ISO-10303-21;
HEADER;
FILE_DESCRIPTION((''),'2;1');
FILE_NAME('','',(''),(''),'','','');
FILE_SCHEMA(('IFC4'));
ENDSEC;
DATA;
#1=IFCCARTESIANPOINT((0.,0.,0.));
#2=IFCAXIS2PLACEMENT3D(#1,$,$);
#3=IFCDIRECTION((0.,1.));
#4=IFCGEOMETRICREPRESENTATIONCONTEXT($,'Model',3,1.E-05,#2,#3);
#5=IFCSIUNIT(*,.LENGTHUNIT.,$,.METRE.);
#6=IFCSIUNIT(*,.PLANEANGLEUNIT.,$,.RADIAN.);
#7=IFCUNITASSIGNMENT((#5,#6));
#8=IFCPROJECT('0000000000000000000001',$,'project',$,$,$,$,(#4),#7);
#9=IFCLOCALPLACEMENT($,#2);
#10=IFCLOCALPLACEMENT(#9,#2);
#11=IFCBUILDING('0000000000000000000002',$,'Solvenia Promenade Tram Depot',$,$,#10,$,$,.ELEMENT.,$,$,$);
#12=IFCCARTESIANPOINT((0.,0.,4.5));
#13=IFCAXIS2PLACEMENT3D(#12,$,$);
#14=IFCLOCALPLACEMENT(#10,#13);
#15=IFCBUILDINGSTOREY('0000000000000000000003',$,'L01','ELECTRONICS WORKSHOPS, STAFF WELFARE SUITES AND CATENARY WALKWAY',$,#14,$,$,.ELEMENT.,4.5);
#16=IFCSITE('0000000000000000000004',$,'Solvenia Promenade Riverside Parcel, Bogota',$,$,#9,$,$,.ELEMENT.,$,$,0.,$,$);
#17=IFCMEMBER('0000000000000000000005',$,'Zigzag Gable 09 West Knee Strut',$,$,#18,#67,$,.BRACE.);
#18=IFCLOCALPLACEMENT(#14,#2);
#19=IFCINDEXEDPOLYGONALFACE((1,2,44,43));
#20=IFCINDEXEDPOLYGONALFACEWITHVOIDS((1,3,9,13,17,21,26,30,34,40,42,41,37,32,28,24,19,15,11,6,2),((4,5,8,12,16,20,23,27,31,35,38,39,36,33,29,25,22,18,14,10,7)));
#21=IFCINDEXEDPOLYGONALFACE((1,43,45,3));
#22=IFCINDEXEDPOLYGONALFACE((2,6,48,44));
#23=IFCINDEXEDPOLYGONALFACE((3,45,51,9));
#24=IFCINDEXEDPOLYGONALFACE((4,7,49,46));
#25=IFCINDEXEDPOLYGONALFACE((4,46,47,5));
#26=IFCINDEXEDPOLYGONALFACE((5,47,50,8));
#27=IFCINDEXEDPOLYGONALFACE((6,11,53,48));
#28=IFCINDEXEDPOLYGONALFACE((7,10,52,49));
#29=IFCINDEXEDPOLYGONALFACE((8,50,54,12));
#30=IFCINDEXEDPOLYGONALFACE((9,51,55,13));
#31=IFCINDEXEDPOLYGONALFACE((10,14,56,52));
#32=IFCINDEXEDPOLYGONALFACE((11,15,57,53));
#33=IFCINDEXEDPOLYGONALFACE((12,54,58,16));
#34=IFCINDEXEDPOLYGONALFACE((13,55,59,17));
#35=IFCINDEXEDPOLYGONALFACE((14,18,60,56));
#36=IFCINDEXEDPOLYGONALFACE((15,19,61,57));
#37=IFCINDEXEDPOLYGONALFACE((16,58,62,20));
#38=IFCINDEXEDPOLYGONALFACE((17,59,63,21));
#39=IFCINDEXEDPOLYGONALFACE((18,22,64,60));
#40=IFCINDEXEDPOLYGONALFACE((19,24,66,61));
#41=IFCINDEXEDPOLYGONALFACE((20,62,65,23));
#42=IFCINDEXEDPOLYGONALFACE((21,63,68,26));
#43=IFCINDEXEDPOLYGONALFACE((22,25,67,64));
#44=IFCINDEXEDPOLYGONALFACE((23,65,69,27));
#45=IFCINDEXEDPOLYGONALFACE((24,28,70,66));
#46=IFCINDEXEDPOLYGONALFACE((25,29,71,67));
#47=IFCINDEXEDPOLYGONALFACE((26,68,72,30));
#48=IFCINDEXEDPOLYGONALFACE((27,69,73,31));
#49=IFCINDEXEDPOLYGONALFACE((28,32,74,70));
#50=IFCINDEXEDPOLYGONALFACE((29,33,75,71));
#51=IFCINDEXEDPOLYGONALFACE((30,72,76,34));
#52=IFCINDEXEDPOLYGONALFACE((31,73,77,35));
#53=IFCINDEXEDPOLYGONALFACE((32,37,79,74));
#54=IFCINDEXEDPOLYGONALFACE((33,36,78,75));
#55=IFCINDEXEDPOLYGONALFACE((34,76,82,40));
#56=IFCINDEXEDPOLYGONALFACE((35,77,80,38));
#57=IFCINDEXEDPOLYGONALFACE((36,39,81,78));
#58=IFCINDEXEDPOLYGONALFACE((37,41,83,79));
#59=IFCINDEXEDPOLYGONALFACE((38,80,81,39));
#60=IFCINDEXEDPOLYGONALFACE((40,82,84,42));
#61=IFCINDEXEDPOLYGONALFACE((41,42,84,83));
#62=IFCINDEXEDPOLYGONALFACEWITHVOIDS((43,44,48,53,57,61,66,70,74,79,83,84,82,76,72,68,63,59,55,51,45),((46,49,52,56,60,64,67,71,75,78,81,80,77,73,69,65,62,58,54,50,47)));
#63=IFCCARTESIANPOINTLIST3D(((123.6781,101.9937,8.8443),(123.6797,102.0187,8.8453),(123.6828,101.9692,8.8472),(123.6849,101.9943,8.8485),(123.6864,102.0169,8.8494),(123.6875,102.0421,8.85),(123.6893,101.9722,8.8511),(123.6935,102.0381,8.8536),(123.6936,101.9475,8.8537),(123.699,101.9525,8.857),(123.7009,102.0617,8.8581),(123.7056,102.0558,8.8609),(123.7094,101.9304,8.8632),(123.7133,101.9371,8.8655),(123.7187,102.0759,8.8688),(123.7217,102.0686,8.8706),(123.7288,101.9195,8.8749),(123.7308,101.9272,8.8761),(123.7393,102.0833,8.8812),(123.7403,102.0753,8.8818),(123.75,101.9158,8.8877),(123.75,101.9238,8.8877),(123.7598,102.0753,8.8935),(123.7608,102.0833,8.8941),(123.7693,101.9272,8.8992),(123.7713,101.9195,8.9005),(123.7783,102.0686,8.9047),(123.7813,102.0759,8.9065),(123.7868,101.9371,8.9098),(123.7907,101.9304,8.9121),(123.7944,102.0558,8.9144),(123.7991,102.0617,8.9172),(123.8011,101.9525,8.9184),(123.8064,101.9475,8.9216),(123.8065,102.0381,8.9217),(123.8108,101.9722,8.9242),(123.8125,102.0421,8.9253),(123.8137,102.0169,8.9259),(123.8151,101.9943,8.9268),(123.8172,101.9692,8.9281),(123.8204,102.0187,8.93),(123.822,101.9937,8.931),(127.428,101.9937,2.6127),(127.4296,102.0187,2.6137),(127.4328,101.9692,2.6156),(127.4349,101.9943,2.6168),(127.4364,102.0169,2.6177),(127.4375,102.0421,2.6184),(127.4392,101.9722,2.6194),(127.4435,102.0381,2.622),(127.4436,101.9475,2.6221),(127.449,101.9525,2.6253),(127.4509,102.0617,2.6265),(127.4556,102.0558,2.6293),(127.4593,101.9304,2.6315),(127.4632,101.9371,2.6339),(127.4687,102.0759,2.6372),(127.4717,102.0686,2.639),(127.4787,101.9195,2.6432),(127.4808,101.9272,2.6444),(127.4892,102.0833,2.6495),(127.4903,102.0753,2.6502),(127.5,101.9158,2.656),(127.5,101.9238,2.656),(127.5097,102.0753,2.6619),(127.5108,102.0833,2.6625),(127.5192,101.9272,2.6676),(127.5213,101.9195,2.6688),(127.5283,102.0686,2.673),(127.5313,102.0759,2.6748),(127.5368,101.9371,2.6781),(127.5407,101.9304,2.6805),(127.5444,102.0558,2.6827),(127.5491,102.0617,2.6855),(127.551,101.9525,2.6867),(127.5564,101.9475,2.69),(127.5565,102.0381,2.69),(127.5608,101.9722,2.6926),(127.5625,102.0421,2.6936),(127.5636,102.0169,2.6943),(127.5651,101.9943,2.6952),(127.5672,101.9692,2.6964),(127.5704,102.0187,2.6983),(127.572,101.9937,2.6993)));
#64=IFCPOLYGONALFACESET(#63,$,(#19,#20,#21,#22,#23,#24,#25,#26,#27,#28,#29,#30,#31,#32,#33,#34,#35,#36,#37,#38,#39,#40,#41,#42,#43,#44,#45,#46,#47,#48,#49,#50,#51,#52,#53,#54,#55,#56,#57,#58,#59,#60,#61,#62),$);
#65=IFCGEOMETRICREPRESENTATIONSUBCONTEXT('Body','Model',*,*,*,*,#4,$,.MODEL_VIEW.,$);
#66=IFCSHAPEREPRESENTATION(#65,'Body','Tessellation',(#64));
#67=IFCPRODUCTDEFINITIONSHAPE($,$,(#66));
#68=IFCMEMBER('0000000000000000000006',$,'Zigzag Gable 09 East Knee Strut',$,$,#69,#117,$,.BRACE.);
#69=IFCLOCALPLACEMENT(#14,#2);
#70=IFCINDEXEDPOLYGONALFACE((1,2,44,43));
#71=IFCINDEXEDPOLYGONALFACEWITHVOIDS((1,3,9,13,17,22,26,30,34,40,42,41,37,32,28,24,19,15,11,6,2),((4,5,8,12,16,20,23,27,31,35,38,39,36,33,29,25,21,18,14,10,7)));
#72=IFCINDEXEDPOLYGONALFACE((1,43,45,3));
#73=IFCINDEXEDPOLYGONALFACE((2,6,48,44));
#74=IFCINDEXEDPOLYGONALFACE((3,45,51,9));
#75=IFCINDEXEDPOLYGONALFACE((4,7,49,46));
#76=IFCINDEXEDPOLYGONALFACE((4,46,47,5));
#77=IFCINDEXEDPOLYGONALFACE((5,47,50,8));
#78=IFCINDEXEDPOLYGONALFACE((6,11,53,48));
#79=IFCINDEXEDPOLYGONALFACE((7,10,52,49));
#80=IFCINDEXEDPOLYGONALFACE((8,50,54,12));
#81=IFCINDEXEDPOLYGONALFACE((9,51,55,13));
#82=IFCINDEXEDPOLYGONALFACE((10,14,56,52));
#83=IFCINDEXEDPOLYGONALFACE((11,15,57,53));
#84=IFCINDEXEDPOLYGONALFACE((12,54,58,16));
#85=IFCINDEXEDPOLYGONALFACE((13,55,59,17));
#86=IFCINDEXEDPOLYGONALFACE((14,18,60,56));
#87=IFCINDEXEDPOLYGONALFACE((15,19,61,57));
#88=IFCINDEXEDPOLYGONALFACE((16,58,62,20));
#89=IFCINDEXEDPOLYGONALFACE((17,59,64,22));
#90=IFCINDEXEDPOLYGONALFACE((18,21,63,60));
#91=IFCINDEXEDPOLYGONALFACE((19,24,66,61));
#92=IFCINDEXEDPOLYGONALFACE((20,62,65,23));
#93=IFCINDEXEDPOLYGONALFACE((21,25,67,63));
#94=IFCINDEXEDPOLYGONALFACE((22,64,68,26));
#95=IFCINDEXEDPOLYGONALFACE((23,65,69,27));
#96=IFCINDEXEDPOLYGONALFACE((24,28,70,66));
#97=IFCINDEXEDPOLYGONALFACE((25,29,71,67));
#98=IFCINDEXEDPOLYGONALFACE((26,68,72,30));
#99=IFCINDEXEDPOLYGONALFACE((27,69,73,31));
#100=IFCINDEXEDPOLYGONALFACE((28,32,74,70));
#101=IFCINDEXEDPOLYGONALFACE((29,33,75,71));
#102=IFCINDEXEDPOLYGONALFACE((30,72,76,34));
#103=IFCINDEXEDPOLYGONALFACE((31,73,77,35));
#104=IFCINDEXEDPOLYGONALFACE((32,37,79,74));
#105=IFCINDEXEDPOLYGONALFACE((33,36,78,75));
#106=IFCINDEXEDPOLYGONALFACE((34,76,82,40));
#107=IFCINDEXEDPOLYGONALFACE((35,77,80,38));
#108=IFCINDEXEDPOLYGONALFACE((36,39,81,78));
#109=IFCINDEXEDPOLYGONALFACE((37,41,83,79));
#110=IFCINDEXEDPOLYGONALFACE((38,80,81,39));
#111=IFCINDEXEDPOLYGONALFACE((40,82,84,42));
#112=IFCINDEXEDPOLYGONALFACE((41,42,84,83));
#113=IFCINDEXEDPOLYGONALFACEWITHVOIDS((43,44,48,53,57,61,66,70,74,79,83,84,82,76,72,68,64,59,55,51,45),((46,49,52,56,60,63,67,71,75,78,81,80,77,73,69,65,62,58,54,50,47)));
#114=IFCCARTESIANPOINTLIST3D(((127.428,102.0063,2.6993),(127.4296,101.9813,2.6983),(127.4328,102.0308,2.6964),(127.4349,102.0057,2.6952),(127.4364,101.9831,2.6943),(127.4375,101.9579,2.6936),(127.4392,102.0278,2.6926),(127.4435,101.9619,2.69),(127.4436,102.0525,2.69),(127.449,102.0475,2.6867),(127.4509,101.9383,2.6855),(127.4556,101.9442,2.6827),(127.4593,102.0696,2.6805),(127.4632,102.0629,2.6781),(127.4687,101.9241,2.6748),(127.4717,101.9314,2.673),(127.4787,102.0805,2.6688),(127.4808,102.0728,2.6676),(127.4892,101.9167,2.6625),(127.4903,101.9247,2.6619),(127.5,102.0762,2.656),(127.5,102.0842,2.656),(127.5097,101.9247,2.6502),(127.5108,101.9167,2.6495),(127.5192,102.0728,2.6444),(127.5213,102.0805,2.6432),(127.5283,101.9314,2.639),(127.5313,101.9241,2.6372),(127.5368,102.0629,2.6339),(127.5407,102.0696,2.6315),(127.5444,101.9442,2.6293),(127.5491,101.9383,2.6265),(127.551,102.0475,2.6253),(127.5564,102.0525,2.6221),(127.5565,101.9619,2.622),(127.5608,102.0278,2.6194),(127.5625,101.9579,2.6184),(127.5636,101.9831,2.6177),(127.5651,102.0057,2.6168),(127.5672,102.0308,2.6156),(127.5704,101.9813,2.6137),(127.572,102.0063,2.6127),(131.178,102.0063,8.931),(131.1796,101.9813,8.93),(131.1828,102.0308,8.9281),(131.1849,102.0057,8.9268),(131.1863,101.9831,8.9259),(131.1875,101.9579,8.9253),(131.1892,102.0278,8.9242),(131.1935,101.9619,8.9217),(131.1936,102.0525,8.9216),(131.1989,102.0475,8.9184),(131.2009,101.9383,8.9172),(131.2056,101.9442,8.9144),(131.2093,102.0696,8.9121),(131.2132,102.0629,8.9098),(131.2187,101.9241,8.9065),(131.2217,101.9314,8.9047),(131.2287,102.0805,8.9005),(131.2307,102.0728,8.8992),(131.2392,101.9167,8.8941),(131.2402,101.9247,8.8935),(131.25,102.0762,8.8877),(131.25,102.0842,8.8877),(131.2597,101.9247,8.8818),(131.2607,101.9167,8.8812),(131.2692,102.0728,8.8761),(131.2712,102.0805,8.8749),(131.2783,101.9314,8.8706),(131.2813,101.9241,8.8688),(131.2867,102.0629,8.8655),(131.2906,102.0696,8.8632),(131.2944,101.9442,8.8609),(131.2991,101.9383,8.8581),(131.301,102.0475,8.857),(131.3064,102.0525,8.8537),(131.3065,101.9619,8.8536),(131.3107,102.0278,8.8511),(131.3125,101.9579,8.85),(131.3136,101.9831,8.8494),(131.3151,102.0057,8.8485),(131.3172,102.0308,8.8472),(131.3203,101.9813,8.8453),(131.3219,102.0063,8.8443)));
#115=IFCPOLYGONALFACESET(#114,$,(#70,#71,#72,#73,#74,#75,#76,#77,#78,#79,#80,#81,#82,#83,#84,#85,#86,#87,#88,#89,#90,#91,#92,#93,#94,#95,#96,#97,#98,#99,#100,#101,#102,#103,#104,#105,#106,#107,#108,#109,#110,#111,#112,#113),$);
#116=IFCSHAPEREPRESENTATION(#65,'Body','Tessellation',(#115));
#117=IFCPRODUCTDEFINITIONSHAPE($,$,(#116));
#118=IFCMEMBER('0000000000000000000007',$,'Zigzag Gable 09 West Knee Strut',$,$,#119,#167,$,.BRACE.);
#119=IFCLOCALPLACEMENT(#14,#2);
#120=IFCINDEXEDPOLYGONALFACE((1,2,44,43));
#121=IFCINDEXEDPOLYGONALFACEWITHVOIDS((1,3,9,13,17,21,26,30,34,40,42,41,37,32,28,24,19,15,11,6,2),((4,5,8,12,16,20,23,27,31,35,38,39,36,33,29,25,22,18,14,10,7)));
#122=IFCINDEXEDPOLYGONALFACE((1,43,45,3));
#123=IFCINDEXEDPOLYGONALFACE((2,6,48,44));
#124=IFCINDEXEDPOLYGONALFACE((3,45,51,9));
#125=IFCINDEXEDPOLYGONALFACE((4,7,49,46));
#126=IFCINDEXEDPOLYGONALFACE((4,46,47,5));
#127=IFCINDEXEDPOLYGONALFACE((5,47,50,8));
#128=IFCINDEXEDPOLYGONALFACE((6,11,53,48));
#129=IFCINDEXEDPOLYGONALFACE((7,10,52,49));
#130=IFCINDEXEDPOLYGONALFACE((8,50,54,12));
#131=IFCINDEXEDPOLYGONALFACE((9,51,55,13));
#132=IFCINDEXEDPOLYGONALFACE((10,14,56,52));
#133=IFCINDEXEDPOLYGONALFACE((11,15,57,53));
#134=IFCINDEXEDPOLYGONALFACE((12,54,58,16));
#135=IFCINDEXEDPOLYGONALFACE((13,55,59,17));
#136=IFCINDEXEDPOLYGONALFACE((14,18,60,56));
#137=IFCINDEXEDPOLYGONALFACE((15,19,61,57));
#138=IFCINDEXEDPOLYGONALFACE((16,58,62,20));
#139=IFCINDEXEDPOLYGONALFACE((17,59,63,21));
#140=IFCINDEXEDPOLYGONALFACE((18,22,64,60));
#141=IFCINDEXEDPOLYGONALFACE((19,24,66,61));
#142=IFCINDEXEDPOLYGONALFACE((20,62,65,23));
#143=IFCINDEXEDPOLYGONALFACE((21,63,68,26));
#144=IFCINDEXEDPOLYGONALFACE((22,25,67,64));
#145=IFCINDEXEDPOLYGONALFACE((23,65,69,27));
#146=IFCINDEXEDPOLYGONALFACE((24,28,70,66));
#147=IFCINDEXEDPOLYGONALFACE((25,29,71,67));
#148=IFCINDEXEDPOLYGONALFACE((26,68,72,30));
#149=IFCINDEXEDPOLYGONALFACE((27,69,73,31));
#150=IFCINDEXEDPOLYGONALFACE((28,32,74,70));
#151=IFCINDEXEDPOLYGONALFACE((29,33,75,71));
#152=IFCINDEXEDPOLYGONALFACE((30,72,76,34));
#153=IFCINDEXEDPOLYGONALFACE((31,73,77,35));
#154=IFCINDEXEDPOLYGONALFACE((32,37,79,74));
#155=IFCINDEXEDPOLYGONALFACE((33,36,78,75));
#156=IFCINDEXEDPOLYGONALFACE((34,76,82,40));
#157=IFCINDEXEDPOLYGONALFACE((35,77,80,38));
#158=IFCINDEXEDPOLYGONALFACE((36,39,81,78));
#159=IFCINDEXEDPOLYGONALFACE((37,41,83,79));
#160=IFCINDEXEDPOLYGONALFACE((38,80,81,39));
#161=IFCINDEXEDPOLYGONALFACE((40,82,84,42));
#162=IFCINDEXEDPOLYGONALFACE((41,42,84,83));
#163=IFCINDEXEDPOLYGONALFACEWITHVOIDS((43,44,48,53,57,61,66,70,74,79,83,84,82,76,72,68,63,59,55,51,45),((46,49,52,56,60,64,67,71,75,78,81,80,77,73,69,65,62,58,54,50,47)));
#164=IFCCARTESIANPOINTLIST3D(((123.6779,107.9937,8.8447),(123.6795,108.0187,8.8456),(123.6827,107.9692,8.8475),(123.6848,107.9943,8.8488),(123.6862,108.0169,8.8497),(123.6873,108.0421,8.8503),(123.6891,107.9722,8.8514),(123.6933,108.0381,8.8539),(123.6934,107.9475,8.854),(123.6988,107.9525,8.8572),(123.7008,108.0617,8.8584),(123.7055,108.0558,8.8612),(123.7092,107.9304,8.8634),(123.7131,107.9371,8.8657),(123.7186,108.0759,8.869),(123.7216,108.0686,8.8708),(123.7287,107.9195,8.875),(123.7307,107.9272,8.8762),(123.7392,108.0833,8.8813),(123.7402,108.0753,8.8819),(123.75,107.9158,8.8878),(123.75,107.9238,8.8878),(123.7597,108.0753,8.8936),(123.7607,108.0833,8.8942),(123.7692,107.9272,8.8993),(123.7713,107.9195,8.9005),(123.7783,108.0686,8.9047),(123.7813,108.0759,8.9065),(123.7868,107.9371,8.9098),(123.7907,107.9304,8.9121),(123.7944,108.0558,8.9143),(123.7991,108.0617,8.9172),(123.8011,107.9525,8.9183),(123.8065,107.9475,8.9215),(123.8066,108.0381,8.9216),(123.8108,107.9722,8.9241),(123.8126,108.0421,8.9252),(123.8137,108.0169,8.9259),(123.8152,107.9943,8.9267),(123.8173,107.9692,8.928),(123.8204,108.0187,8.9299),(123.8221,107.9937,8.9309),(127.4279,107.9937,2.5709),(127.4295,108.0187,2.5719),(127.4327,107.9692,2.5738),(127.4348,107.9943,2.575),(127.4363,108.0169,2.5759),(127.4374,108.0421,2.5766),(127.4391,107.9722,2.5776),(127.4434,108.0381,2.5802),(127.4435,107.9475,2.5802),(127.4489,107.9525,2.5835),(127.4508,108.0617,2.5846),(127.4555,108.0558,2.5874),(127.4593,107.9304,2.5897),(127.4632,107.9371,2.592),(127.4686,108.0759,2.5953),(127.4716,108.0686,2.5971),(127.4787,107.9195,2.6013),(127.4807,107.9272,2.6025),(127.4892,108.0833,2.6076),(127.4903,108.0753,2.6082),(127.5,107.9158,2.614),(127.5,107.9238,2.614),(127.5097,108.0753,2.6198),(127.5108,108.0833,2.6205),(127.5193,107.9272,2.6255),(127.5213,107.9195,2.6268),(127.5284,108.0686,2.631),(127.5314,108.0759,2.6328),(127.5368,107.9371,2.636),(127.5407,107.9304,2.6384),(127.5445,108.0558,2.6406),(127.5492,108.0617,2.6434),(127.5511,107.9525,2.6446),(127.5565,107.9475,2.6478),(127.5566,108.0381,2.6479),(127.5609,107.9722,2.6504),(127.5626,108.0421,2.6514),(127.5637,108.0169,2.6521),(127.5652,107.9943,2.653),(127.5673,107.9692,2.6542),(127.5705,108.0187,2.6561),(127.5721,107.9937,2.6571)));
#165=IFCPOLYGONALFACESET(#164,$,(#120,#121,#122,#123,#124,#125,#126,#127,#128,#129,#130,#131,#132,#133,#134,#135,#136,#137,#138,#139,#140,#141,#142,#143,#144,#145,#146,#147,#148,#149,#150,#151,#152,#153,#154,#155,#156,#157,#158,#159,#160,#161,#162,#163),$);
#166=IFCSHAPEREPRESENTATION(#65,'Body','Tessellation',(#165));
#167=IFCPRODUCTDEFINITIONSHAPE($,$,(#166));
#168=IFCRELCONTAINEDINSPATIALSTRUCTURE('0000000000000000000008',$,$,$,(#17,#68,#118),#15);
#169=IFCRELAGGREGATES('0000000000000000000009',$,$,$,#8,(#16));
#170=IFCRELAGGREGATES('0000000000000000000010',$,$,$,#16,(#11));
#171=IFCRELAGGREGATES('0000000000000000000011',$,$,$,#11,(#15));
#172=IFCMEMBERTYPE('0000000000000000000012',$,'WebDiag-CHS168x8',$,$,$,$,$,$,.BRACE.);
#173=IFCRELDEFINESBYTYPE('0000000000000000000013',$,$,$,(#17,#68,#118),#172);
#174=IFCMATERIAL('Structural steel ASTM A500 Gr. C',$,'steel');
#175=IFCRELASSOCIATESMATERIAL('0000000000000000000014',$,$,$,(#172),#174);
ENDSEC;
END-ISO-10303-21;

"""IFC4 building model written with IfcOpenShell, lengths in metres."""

from ifc_helpers import new_model, si_unit, direction, frame, origin, origin_2d, place, context, subcontext, project, spatial, hollow_circle, extrude, material, material_profile, profile_set, type_object, element, save


model = new_model("IFC4")

# Units and contexts
model_context = context("Model", 3, precision=1e-05, world=origin(), true_north=direction((0.0, 1.0)))
body_context = subcontext(model_context, "Body", "Model", "MODEL_VIEW")
ifc_project = project(units=[si_unit("LENGTHUNIT", "METRE"), si_unit("PLANEANGLEUNIT", "RADIAN")], contexts=[model_context])

# Site, building, storey
site_placement = place(None, origin())
site = spatial("IfcSite", under=ifc_project, at=site_placement, Name="Solvenia Promenade Riverside Parcel, Bogota", CompositionType="ELEMENT", RefElevation=0.0)
building_placement = place(site_placement, origin())
building = spatial("IfcBuilding", under=site, at=building_placement, Name="Solvenia Promenade Tram Depot", CompositionType="ELEMENT")
storey_placement = place(building_placement, frame((0.0, 0.0, 4.5)))
storey = spatial("IfcBuildingStorey", under=building, at=storey_placement, Name="L01", Description="ELECTRONICS WORKSHOPS, STAFF WELFARE SUITES AND CATENARY WALKWAY", CompositionType="ELEMENT", Elevation=4.5)

# Shared definitions
ifc_material_1 = material(Name="Structural steel ASTM A500 Gr. C", Category="steel")

# Members
ifc_material_profile_1 = material_profile(ifc_material_1, hollow_circle(Radius=0.0842, WallThickness=0.0081, at=origin_2d()), Name="CHS168.3x8", Category="steel")
ifc_profile_set_1 = profile_set([ifc_material_profile_1], Name="Structural steel ASTM A500 Gr. C")
member_type_1 = type_object("IfcMemberType", Name="WebDiag-CHS168x8", PredefinedType="BRACE", material=ifc_profile_set_1)
for number, where, z_axis, x_axis, name in (
    (1, (127.5, 102.0, 2.656), (-0.515606, 0.0, 0.856826), (0.0, -1.0, 0.0), "Zigzag Gable 09 West Knee Strut"),
    (2, (127.5, 102.0, 2.656), (0.515606, 0.0, 0.856826), (0.0, 1.0, 0.0), "Zigzag Gable 09 East Knee Strut"),
):
    element("IfcMember", number, at=place(storey_placement, frame(where, z_axis=z_axis, x_axis=x_axis)), inside=storey, type_object=member_type_1, Name=name, PredefinedType="BRACE", context=body_context, shape_type="SweptSolid", body=[
        extrude(hollow_circle(Radius=0.0842, WallThickness=0.0081, at=origin_2d()), origin(), (0.0, 0.0, 1.0), 7.2729),
    ])
for number, where, z_axis, x_axis, name in (
    (3, (127.5, 108.0, 2.614), (-0.513066, 0.0, 0.858349), (0.0, -1.0, 0.0), "Zigzag Gable 09 West Knee Strut"),
):
    element("IfcMember", number, at=place(storey_placement, frame(where, z_axis=z_axis, x_axis=x_axis)), inside=storey, type_object=member_type_1, Name=name, PredefinedType="BRACE", context=body_context, shape_type="SweptSolid", body=[
        extrude(hollow_circle(Radius=0.0842, WallThickness=0.0081, at=origin_2d()), origin(), (0.0, 0.0, 1.0), 7.3091),
    ])

save(model, "model.ifc")
